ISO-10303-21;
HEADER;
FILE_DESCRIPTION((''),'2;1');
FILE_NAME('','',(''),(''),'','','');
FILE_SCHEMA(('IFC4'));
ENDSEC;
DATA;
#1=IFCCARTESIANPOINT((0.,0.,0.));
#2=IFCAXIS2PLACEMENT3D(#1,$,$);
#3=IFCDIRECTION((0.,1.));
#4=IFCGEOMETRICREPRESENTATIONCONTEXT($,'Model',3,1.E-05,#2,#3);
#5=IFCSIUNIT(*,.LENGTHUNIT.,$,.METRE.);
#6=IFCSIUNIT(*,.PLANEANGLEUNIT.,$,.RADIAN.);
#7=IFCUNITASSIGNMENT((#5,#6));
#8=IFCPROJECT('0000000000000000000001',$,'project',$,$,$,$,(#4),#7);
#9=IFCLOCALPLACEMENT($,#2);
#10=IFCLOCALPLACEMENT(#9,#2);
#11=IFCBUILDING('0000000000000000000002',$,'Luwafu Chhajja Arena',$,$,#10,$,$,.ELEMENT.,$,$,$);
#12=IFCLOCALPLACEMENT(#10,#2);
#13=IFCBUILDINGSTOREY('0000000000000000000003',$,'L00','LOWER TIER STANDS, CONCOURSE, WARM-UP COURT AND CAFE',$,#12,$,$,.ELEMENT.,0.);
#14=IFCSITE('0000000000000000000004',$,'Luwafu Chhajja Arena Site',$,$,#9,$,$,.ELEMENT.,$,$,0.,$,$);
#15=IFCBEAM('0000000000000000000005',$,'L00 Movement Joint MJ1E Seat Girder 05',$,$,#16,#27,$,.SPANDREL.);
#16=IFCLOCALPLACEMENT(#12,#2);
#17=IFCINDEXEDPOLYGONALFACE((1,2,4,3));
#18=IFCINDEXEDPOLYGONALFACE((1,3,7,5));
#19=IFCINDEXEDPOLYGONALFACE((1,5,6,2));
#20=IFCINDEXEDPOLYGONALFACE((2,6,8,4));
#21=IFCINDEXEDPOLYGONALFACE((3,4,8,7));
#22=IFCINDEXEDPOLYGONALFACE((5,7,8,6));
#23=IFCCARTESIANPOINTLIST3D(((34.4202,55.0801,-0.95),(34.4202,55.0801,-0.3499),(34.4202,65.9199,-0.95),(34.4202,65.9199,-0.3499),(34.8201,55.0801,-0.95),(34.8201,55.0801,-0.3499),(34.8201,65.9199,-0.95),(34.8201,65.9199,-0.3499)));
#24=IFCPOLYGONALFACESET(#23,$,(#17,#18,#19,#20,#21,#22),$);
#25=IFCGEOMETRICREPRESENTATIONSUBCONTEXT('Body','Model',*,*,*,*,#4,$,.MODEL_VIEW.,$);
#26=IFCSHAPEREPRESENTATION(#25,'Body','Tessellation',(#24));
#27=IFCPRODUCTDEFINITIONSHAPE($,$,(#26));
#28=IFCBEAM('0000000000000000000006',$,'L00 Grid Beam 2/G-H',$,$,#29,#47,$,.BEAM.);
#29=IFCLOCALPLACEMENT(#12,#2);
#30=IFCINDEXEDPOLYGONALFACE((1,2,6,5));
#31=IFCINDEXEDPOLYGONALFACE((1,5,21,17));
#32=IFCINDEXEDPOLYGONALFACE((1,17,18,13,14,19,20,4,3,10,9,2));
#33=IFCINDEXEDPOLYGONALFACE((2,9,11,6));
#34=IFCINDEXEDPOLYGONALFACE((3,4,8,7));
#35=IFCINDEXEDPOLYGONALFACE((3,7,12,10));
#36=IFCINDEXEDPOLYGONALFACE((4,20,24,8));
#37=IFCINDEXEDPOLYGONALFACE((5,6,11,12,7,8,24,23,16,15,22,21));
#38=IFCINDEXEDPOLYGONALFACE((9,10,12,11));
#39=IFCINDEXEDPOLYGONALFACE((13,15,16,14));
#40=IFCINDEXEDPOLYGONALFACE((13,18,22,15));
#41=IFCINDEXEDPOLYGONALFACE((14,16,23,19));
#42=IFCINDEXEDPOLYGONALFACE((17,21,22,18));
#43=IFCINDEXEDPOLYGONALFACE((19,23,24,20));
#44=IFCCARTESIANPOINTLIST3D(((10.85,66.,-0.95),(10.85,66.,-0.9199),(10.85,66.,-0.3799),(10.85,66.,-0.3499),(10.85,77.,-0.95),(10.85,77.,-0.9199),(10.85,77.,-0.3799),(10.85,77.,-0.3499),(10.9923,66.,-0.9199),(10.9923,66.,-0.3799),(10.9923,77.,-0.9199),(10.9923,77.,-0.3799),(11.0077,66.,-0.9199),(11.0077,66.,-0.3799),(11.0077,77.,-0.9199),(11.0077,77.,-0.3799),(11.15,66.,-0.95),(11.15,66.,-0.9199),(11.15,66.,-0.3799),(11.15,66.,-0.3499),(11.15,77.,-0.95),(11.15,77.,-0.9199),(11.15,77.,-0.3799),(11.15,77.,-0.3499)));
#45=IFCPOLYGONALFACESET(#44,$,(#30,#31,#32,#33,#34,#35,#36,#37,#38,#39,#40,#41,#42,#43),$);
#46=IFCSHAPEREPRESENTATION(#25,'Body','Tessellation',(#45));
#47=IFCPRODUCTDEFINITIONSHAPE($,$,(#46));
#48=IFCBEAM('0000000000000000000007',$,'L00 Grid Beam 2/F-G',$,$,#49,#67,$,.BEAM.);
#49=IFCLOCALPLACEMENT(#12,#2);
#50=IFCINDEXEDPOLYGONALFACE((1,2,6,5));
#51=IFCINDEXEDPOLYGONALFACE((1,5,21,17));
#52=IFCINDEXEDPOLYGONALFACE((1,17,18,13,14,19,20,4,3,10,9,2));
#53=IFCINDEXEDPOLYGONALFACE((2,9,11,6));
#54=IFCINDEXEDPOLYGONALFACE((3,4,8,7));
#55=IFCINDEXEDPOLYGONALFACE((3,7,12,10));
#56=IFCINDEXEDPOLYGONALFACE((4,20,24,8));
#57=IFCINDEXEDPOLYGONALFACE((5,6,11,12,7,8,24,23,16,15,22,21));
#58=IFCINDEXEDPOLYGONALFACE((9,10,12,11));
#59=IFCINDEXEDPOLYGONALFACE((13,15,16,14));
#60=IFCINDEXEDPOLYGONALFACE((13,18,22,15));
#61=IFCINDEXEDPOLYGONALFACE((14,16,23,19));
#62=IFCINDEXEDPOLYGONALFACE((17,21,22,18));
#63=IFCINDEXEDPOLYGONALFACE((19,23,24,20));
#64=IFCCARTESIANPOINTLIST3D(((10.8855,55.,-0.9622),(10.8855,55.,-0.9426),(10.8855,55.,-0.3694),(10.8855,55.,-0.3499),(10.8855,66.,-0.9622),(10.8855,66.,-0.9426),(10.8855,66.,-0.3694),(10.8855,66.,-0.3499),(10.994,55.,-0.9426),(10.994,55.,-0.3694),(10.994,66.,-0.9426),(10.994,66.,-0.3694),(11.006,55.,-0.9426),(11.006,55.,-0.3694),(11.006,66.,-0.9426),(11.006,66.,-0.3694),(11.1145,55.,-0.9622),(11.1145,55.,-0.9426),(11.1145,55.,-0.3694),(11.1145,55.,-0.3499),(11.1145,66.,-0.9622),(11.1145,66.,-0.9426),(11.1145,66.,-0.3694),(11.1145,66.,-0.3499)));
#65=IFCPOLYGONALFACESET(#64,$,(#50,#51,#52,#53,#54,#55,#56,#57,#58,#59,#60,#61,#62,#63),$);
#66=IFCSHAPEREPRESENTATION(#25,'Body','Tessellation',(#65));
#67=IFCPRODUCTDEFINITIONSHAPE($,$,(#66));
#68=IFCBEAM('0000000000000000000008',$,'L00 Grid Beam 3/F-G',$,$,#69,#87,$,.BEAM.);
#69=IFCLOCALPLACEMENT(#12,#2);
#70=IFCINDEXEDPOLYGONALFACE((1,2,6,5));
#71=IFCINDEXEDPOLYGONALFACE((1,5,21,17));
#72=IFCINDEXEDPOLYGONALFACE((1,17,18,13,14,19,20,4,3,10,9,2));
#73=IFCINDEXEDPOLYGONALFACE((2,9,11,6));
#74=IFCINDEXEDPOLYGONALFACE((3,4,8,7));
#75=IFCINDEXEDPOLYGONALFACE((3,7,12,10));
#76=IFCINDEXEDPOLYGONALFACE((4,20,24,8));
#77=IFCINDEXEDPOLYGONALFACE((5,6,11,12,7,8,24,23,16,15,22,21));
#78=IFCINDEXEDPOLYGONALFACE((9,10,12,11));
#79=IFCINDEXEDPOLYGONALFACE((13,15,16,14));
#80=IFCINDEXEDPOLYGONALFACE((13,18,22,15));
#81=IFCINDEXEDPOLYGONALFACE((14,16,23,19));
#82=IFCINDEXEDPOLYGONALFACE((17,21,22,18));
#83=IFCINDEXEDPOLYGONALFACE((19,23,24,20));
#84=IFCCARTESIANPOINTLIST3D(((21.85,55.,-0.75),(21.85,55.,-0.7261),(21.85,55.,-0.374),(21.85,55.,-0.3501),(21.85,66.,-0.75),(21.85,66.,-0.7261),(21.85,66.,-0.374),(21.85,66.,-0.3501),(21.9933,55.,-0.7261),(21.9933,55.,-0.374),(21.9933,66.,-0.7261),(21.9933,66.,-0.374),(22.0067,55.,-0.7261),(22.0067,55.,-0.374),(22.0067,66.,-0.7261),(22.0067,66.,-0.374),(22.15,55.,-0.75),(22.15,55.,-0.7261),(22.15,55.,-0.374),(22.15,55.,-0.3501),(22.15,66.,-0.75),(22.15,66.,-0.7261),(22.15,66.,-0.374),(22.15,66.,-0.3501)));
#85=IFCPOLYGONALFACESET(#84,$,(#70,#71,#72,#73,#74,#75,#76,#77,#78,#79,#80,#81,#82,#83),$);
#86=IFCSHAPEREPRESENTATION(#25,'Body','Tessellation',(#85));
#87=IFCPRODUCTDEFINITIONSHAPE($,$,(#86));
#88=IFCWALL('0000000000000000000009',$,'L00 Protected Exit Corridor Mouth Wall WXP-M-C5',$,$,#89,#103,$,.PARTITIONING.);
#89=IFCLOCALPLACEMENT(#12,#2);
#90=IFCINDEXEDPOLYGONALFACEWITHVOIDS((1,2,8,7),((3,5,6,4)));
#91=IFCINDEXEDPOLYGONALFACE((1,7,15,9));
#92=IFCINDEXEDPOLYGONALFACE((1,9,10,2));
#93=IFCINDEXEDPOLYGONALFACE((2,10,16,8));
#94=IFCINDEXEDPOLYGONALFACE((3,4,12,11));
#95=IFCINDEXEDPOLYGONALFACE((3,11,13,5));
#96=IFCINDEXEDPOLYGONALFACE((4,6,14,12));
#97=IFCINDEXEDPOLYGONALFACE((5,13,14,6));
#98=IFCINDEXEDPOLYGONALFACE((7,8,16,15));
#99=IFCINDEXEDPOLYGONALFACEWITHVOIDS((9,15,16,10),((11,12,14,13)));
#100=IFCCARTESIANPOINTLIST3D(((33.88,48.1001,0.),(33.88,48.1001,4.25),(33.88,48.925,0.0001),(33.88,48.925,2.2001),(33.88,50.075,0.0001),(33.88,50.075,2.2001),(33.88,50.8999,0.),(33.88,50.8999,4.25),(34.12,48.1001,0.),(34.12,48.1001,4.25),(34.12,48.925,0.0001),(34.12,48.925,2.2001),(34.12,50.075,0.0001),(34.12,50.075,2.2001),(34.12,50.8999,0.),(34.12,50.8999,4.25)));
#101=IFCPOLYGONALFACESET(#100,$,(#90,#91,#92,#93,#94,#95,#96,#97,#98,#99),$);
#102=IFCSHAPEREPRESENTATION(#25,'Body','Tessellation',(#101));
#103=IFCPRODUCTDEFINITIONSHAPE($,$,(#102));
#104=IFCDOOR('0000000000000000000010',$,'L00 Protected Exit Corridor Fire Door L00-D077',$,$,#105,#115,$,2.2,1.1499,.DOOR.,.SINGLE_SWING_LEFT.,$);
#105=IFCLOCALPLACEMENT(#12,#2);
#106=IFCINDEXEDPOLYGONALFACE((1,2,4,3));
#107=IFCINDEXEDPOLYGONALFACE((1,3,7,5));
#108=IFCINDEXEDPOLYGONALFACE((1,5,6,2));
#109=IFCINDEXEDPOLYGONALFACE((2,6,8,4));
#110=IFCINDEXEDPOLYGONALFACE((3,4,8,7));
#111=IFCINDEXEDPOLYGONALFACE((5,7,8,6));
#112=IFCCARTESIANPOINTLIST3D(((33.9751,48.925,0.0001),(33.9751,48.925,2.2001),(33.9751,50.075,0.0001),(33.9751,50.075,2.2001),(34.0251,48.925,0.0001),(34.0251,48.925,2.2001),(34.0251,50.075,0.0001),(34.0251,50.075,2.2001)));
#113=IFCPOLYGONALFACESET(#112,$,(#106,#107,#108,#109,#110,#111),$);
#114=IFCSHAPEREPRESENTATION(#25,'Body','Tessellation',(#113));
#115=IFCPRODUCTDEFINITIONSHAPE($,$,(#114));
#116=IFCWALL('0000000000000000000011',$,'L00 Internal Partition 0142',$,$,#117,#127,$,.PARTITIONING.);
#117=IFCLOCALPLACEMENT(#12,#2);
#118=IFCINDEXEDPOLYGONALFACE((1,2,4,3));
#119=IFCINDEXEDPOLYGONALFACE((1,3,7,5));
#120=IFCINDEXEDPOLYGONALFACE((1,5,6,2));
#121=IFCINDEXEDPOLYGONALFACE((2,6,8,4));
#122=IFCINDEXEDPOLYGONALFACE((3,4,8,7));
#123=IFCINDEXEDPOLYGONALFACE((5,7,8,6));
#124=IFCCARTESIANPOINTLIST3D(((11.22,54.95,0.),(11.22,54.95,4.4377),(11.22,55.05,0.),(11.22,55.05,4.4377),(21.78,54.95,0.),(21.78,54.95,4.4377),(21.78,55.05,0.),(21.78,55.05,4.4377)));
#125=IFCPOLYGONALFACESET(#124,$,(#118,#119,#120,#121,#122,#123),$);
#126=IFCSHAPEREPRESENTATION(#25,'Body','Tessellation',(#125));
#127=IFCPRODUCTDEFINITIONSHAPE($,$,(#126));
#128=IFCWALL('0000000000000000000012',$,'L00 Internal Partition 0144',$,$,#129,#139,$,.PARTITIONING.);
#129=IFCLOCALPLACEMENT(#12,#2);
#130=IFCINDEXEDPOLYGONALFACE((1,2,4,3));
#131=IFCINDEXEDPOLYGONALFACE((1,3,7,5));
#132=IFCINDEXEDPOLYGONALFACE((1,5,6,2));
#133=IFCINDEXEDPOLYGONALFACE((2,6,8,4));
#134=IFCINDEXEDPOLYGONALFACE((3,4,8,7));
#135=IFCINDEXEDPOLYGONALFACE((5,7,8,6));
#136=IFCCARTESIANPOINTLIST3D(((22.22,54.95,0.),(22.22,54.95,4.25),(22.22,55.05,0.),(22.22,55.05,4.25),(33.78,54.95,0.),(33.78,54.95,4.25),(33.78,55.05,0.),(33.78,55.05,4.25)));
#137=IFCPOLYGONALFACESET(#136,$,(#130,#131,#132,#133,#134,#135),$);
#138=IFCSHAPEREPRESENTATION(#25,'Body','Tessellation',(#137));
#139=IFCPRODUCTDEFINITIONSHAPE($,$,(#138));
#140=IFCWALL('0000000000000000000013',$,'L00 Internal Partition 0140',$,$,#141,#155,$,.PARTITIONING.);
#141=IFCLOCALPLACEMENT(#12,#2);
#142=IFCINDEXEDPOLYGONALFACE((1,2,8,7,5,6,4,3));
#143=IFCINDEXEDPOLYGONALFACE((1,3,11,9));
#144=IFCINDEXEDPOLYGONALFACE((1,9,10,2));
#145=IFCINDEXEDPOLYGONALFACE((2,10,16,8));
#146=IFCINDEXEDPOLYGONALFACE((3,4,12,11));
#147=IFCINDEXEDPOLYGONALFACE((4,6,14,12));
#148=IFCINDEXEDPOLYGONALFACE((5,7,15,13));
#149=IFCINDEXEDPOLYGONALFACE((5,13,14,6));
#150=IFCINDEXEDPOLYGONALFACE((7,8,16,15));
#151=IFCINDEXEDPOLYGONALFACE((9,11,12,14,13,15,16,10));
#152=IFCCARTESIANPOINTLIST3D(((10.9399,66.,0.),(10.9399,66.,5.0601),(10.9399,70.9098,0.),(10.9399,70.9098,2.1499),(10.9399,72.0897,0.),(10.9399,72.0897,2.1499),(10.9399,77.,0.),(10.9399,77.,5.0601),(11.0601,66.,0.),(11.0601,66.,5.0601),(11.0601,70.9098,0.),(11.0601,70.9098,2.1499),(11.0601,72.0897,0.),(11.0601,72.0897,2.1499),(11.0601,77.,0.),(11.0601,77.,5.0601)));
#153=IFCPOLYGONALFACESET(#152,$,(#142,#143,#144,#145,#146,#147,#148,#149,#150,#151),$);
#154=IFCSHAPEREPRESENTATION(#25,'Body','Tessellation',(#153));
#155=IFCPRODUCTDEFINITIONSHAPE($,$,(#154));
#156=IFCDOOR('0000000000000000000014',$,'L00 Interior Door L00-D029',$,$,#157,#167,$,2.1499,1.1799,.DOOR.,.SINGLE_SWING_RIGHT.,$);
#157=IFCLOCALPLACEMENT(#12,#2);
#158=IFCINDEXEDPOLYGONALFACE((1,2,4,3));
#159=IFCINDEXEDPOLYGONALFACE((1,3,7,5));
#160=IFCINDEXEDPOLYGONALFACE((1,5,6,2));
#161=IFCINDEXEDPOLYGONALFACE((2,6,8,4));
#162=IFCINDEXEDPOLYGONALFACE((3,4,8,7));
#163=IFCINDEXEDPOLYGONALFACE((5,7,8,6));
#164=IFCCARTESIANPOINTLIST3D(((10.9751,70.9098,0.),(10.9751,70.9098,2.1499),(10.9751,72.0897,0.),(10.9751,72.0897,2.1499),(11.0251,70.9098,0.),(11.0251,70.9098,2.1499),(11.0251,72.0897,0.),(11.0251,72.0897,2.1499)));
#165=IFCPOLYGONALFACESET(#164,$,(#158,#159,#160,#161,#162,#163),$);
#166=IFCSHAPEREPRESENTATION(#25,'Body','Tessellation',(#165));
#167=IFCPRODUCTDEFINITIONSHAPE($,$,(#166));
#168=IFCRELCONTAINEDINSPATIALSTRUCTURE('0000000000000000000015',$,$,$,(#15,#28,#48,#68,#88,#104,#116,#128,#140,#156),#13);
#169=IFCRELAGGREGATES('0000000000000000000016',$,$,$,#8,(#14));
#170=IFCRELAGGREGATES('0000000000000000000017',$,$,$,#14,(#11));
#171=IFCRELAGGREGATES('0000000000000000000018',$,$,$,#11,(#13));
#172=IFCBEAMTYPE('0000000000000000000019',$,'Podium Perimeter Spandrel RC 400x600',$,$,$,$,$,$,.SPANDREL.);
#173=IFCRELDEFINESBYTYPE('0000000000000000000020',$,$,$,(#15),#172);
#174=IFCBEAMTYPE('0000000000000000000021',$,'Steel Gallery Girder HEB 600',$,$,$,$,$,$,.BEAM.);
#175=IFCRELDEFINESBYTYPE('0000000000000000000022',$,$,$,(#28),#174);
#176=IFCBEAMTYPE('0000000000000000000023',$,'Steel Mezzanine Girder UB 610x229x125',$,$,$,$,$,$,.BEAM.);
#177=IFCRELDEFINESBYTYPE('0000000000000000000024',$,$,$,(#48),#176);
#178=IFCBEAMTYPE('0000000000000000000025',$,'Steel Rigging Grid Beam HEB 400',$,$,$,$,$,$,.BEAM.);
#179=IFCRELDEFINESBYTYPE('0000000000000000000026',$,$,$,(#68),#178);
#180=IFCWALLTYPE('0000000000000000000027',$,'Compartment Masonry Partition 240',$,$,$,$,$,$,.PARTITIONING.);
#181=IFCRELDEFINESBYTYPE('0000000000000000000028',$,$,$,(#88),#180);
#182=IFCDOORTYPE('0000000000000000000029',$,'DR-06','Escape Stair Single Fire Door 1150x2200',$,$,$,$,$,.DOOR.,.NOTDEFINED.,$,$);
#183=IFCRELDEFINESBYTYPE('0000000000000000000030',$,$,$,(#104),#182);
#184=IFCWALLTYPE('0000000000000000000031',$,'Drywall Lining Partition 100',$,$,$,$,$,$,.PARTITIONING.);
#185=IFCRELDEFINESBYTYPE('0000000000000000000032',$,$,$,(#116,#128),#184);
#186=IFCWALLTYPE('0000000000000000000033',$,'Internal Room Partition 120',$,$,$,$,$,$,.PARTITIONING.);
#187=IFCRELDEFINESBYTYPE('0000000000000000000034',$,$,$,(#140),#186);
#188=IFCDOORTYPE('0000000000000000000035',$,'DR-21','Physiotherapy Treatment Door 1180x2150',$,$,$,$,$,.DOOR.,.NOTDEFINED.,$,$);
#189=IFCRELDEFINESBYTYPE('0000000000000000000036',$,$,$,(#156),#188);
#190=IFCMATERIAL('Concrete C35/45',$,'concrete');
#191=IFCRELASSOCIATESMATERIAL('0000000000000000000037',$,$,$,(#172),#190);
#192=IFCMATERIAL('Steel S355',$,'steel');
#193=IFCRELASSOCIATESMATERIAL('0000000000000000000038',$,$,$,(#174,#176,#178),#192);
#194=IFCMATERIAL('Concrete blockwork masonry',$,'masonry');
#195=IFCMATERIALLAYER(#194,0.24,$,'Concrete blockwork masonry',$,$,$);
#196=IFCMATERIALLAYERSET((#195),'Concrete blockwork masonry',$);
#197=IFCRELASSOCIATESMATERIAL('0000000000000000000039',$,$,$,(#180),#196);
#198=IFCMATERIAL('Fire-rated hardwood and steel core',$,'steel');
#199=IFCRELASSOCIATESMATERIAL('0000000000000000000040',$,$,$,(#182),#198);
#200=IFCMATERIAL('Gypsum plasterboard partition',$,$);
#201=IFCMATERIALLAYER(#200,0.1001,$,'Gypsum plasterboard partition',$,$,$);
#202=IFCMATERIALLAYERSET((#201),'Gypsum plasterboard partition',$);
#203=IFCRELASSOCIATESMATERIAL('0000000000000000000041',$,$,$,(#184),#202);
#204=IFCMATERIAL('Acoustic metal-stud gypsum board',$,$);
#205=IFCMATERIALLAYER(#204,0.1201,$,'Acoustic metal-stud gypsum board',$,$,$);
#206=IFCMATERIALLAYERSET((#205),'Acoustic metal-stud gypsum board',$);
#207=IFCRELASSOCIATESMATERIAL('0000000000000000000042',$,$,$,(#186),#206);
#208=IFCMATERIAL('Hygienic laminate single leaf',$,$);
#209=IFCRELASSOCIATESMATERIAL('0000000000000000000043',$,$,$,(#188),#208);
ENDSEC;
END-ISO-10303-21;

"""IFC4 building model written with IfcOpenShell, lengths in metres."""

from ifc_helpers import new_model, si_unit, direction, frame, frame_2d, origin, origin_2d, place, context, subcontext, project, spatial, rectangle, i_section, extrude, material, layer, layer_set, material_profile, profile_set, type_object, element, fill, save


model = new_model("IFC4")

# Units and contexts
model_context = context("Model", 3, precision=1e-05, world=origin(), true_north=direction((0.0, 1.0)))
body_context = subcontext(model_context, "Body", "Model", "MODEL_VIEW")
ifc_project = project(units=[si_unit("LENGTHUNIT", "METRE"), si_unit("PLANEANGLEUNIT", "RADIAN")], contexts=[model_context])

# Site, building, storey
site_placement = place(None, origin())
site = spatial("IfcSite", under=ifc_project, at=site_placement, Name="Luwafu Chhajja Arena Site", CompositionType="ELEMENT", RefElevation=0.0)
building_placement = place(site_placement, origin())
building = spatial("IfcBuilding", under=site, at=building_placement, Name="Luwafu Chhajja Arena", CompositionType="ELEMENT")
storey_placement = place(building_placement, origin())
storey = spatial("IfcBuildingStorey", under=building, at=storey_placement, Name="L00", Description="LOWER TIER STANDS, CONCOURSE, WARM-UP COURT AND CAFE", CompositionType="ELEMENT", Elevation=0.0)

# Shared definitions
ifc_material_1 = material(Name="Concrete C35/45", Category="concrete")

# Beams
ifc_material_2 = material(Name="Steel S355", Category="steel")
ifc_material_profile_1 = material_profile(ifc_material_1, rectangle(XDim=0.3999, YDim=0.6001, at=origin_2d()), Name="RC 400x600")
ifc_profile_set_1 = profile_set([ifc_material_profile_1], Name="Concrete C35/45")
beam_type_1 = type_object("IfcBeamType", Name="Podium Perimeter Spandrel RC 400x600", PredefinedType="SPANDREL", material=ifc_profile_set_1)
for number, where, z_axis, x_axis, name in (
    (1, (34.6201, 55.0801, -0.6499), (0.0, 1.0, 0.0), (-1.0, 0.0, 0.0), "L00 Movement Joint MJ1E Seat Girder 05"),
):
    element("IfcBeam", number, at=place(storey_placement, frame(where, z_axis=z_axis, x_axis=x_axis)), inside=storey, type_object=beam_type_1, Name=name, PredefinedType="SPANDREL", context=body_context, shape_type="SweptSolid", body=[
        extrude(rectangle(XDim=0.3999, YDim=0.6001, at=origin_2d()), origin(), (0.0, 0.0, 1.0), 10.8398),
    ])
ifc_material_profile_2 = material_profile(ifc_material_2, i_section(OverallWidth=0.3, OverallDepth=0.6001, WebThickness=0.0154, FlangeThickness=0.03, at=origin_2d()), Name="HEB 600")
ifc_profile_set_2 = profile_set([ifc_material_profile_2], Name="Steel S355")
beam_type_2 = type_object("IfcBeamType", Name="Steel Gallery Girder HEB 600", PredefinedType="BEAM", material=ifc_profile_set_2)
beam_1_placement = place(storey_placement, frame((11.0, 66.0, -0.6499), z_axis=(0.0, 1.0, 0.0), x_axis=(-1.0, 0.0, 0.0)))
element("IfcBeam", 2, at=beam_1_placement, inside=storey, type_object=beam_type_2, Name="L00 Grid Beam 2/G-H", PredefinedType="BEAM", context=body_context, shape_type="SweptSolid", body=[
    extrude(i_section(OverallWidth=0.3, OverallDepth=0.6001, WebThickness=0.0154, FlangeThickness=0.03, at=origin_2d()), origin(), (0.0, 0.0, 1.0), 11.0),
])
ifc_material_profile_3 = material_profile(ifc_material_2, i_section(OverallWidth=0.229, OverallDepth=0.6123, WebThickness=0.012, FlangeThickness=0.0195, at=origin_2d()), Name="UB 610x229x125")
ifc_profile_set_3 = profile_set([ifc_material_profile_3], Name="Steel S355")
beam_type_3 = type_object("IfcBeamType", Name="Steel Mezzanine Girder UB 610x229x125", PredefinedType="BEAM", material=ifc_profile_set_3)
beam_2_placement = place(storey_placement, frame((11.0, 55.0, -0.656), z_axis=(0.0, 1.0, 0.0), x_axis=(-1.0, 0.0, 0.0)))
element("IfcBeam", 3, at=beam_2_placement, inside=storey, type_object=beam_type_3, Name="L00 Grid Beam 2/F-G", PredefinedType="BEAM", context=body_context, shape_type="SweptSolid", body=[
    extrude(i_section(OverallWidth=0.229, OverallDepth=0.6123, WebThickness=0.012, FlangeThickness=0.0195, at=origin_2d()), origin(), (0.0, 0.0, 1.0), 11.0),
])
ifc_material_profile_4 = material_profile(ifc_material_2, i_section(OverallWidth=0.3, OverallDepth=0.3999, WebThickness=0.0134, FlangeThickness=0.0239, at=origin_2d()), Name="HEB 400")
ifc_profile_set_4 = profile_set([ifc_material_profile_4], Name="Steel S355")
beam_type_4 = type_object("IfcBeamType", Name="Steel Rigging Grid Beam HEB 400", PredefinedType="BEAM", material=ifc_profile_set_4)
beam_3_placement = place(storey_placement, frame((22.0, 55.0, -0.55), z_axis=(0.0, 1.0, 0.0), x_axis=(-1.0, 0.0, 0.0)))
element("IfcBeam", 4, at=beam_3_placement, inside=storey, type_object=beam_type_4, Name="L00 Grid Beam 3/F-G", PredefinedType="BEAM", context=body_context, shape_type="SweptSolid", body=[
    extrude(i_section(OverallWidth=0.3, OverallDepth=0.3999, WebThickness=0.0134, FlangeThickness=0.0239, at=origin_2d()), origin(), (0.0, 0.0, 1.0), 11.0),
])

# Wall, opening, door
ifc_material_3 = material(Name="Concrete blockwork masonry", Category="masonry")
ifc_layer_1 = layer(ifc_material_3, 0.24, Name="Concrete blockwork masonry")
ifc_layer_set_1 = layer_set([ifc_layer_1], Name="Concrete blockwork masonry")
wall_type_1 = type_object("IfcWallType", Name="Compartment Masonry Partition 240", PredefinedType="PARTITIONING", material=ifc_layer_set_1)
wall_1_placement = place(storey_placement, frame((34.0, 48.1001, 0.0), z_axis=(0.0, 0.0, 1.0), x_axis=(0.0, 1.0, 0.0)))
wall_1 = element("IfcWall", 5, at=wall_1_placement, inside=storey, type_object=wall_type_1, Name="L00 Protected Exit Corridor Mouth Wall WXP-M-C5", PredefinedType="PARTITIONING", context=body_context, shape_type="SweptSolid", body=[
    extrude(rectangle(XDim=2.7998, YDim=0.24, at=frame_2d((1.3999, 0.0))), origin(), (0.0, 0.0, 1.0), 4.25),
])
opening_1_placement = place(wall_1_placement, frame((0.825, 0.0, 0.0)))
opening_1 = element("IfcOpeningElement", 6, at=opening_1_placement, cuts=wall_1, PredefinedType="OPENING", context=body_context, shape_type="SweptSolid", body=[
    extrude(rectangle(XDim=1.1499, YDim=2.2, at=frame_2d((0.575, 1.1001))), frame((0.0, 0.1299, 0.0), z_axis=(0.0, -1.0, 0.0), x_axis=(1.0, 0.0, 0.0)), (0.0, 0.0, 1.0), 0.26),
])
ifc_material_4 = material(Name="Fire-rated hardwood and steel core", Category="steel")
door_type_1 = type_object("IfcDoorType", Name="DR-06", Description="Escape Stair Single Fire Door 1150x2200", OperationType="NOTDEFINED", PredefinedType="DOOR", material=ifc_material_4)
door_1_placement = place(opening_1_placement, origin())
door_1 = element("IfcDoor", 7, at=door_1_placement, inside=storey, type_object=door_type_1, Name="L00 Protected Exit Corridor Fire Door L00-D077", OperationType="SINGLE_SWING_LEFT", OverallHeight=2.2, OverallWidth=1.1499, PredefinedType="DOOR", context=body_context, shape_type="SweptSolid", body=[
    extrude(rectangle(XDim=1.1499, YDim=2.2, at=frame_2d((0.575, 1.1001))), frame((0.0, 0.0249, 0.0), z_axis=(0.0, -1.0, 0.0), x_axis=(1.0, 0.0, 0.0)), (0.0, 0.0, 1.0), 0.05),
])
fill(opening_1, door_1)

# Walls
ifc_material_5 = material(Name="Gypsum plasterboard partition")
ifc_layer_2 = layer(ifc_material_5, 0.1001, Name="Gypsum plasterboard partition")
ifc_layer_set_2 = layer_set([ifc_layer_2], Name="Gypsum plasterboard partition")
wall_type_2 = type_object("IfcWallType", Name="Drywall Lining Partition 100", PredefinedType="PARTITIONING", material=ifc_layer_set_2)
wall_2_placement = place(storey_placement, frame((11.22, 55.0, 0.0), z_axis=(0.0, 0.0, 1.0), x_axis=(1.0, 0.0, 0.0)))
element("IfcWall", 8, at=wall_2_placement, inside=storey, type_object=wall_type_2, Name="L00 Internal Partition 0142", PredefinedType="PARTITIONING", context=body_context, shape_type="SweptSolid", body=[
    extrude(rectangle(XDim=10.5601, YDim=0.1001, at=frame_2d((5.28, 0.0))), origin(), (0.0, 0.0, 1.0), 4.4377),
])
wall_3_placement = place(storey_placement, frame((22.22, 55.0, 0.0), z_axis=(0.0, 0.0, 1.0), x_axis=(1.0, 0.0, 0.0)))
element("IfcWall", 9, at=wall_3_placement, inside=storey, type_object=wall_type_2, Name="L00 Internal Partition 0144", PredefinedType="PARTITIONING", context=body_context, shape_type="SweptSolid", body=[
    extrude(rectangle(XDim=11.5601, YDim=0.1001, at=frame_2d((5.78, 0.0))), origin(), (0.0, 0.0, 1.0), 4.25),
])

# Wall, opening, door
ifc_material_6 = material(Name="Acoustic metal-stud gypsum board")
ifc_layer_3 = layer(ifc_material_6, 0.1201, Name="Acoustic metal-stud gypsum board")
ifc_layer_set_3 = layer_set([ifc_layer_3], Name="Acoustic metal-stud gypsum board")
wall_type_3 = type_object("IfcWallType", Name="Internal Room Partition 120", PredefinedType="PARTITIONING", material=ifc_layer_set_3)
wall_4_placement = place(storey_placement, frame((11.0, 66.0, 0.0), z_axis=(0.0, 0.0, 1.0), x_axis=(0.0, 1.0, 0.0)))
wall_4 = element("IfcWall", 10, at=wall_4_placement, inside=storey, type_object=wall_type_3, Name="L00 Internal Partition 0140", PredefinedType="PARTITIONING", context=body_context, shape_type="SweptSolid", body=[
    extrude(rectangle(XDim=11.0, YDim=0.1201, at=frame_2d((5.5, 0.0))), origin(), (0.0, 0.0, 1.0), 5.0601),
])
opening_2_placement = place(wall_4_placement, frame((4.9099, 0.0, 0.0)))
opening_2 = element("IfcOpeningElement", 11, at=opening_2_placement, cuts=wall_4, PredefinedType="OPENING", context=body_context, shape_type="SweptSolid", body=[
    extrude(rectangle(XDim=1.1799, YDim=2.1499, at=frame_2d((0.5898, 1.075))), frame((0.0, 0.0701, 0.0), z_axis=(0.0, -1.0, 0.0), x_axis=(1.0, 0.0, 0.0)), (0.0, 0.0, 1.0), 0.1401),
])
ifc_material_7 = material(Name="Hygienic laminate single leaf")
door_type_2 = type_object("IfcDoorType", Name="DR-21", Description="Physiotherapy Treatment Door 1180x2150", OperationType="NOTDEFINED", PredefinedType="DOOR", material=ifc_material_7)
door_2_placement = place(opening_2_placement, origin())
door_2 = element("IfcDoor", 12, at=door_2_placement, inside=storey, type_object=door_type_2, Name="L00 Interior Door L00-D029", OperationType="SINGLE_SWING_RIGHT", OverallHeight=2.1499, OverallWidth=1.1799, PredefinedType="DOOR", context=body_context, shape_type="SweptSolid", body=[
    extrude(rectangle(XDim=1.1799, YDim=2.1499, at=frame_2d((0.5898, 1.075))), frame((0.0, 0.0249, 0.0), z_axis=(0.0, -1.0, 0.0), x_axis=(1.0, 0.0, 0.0)), (0.0, 0.0, 1.0), 0.05),
])
fill(opening_2, door_2)

save(model, "model.ifc")
